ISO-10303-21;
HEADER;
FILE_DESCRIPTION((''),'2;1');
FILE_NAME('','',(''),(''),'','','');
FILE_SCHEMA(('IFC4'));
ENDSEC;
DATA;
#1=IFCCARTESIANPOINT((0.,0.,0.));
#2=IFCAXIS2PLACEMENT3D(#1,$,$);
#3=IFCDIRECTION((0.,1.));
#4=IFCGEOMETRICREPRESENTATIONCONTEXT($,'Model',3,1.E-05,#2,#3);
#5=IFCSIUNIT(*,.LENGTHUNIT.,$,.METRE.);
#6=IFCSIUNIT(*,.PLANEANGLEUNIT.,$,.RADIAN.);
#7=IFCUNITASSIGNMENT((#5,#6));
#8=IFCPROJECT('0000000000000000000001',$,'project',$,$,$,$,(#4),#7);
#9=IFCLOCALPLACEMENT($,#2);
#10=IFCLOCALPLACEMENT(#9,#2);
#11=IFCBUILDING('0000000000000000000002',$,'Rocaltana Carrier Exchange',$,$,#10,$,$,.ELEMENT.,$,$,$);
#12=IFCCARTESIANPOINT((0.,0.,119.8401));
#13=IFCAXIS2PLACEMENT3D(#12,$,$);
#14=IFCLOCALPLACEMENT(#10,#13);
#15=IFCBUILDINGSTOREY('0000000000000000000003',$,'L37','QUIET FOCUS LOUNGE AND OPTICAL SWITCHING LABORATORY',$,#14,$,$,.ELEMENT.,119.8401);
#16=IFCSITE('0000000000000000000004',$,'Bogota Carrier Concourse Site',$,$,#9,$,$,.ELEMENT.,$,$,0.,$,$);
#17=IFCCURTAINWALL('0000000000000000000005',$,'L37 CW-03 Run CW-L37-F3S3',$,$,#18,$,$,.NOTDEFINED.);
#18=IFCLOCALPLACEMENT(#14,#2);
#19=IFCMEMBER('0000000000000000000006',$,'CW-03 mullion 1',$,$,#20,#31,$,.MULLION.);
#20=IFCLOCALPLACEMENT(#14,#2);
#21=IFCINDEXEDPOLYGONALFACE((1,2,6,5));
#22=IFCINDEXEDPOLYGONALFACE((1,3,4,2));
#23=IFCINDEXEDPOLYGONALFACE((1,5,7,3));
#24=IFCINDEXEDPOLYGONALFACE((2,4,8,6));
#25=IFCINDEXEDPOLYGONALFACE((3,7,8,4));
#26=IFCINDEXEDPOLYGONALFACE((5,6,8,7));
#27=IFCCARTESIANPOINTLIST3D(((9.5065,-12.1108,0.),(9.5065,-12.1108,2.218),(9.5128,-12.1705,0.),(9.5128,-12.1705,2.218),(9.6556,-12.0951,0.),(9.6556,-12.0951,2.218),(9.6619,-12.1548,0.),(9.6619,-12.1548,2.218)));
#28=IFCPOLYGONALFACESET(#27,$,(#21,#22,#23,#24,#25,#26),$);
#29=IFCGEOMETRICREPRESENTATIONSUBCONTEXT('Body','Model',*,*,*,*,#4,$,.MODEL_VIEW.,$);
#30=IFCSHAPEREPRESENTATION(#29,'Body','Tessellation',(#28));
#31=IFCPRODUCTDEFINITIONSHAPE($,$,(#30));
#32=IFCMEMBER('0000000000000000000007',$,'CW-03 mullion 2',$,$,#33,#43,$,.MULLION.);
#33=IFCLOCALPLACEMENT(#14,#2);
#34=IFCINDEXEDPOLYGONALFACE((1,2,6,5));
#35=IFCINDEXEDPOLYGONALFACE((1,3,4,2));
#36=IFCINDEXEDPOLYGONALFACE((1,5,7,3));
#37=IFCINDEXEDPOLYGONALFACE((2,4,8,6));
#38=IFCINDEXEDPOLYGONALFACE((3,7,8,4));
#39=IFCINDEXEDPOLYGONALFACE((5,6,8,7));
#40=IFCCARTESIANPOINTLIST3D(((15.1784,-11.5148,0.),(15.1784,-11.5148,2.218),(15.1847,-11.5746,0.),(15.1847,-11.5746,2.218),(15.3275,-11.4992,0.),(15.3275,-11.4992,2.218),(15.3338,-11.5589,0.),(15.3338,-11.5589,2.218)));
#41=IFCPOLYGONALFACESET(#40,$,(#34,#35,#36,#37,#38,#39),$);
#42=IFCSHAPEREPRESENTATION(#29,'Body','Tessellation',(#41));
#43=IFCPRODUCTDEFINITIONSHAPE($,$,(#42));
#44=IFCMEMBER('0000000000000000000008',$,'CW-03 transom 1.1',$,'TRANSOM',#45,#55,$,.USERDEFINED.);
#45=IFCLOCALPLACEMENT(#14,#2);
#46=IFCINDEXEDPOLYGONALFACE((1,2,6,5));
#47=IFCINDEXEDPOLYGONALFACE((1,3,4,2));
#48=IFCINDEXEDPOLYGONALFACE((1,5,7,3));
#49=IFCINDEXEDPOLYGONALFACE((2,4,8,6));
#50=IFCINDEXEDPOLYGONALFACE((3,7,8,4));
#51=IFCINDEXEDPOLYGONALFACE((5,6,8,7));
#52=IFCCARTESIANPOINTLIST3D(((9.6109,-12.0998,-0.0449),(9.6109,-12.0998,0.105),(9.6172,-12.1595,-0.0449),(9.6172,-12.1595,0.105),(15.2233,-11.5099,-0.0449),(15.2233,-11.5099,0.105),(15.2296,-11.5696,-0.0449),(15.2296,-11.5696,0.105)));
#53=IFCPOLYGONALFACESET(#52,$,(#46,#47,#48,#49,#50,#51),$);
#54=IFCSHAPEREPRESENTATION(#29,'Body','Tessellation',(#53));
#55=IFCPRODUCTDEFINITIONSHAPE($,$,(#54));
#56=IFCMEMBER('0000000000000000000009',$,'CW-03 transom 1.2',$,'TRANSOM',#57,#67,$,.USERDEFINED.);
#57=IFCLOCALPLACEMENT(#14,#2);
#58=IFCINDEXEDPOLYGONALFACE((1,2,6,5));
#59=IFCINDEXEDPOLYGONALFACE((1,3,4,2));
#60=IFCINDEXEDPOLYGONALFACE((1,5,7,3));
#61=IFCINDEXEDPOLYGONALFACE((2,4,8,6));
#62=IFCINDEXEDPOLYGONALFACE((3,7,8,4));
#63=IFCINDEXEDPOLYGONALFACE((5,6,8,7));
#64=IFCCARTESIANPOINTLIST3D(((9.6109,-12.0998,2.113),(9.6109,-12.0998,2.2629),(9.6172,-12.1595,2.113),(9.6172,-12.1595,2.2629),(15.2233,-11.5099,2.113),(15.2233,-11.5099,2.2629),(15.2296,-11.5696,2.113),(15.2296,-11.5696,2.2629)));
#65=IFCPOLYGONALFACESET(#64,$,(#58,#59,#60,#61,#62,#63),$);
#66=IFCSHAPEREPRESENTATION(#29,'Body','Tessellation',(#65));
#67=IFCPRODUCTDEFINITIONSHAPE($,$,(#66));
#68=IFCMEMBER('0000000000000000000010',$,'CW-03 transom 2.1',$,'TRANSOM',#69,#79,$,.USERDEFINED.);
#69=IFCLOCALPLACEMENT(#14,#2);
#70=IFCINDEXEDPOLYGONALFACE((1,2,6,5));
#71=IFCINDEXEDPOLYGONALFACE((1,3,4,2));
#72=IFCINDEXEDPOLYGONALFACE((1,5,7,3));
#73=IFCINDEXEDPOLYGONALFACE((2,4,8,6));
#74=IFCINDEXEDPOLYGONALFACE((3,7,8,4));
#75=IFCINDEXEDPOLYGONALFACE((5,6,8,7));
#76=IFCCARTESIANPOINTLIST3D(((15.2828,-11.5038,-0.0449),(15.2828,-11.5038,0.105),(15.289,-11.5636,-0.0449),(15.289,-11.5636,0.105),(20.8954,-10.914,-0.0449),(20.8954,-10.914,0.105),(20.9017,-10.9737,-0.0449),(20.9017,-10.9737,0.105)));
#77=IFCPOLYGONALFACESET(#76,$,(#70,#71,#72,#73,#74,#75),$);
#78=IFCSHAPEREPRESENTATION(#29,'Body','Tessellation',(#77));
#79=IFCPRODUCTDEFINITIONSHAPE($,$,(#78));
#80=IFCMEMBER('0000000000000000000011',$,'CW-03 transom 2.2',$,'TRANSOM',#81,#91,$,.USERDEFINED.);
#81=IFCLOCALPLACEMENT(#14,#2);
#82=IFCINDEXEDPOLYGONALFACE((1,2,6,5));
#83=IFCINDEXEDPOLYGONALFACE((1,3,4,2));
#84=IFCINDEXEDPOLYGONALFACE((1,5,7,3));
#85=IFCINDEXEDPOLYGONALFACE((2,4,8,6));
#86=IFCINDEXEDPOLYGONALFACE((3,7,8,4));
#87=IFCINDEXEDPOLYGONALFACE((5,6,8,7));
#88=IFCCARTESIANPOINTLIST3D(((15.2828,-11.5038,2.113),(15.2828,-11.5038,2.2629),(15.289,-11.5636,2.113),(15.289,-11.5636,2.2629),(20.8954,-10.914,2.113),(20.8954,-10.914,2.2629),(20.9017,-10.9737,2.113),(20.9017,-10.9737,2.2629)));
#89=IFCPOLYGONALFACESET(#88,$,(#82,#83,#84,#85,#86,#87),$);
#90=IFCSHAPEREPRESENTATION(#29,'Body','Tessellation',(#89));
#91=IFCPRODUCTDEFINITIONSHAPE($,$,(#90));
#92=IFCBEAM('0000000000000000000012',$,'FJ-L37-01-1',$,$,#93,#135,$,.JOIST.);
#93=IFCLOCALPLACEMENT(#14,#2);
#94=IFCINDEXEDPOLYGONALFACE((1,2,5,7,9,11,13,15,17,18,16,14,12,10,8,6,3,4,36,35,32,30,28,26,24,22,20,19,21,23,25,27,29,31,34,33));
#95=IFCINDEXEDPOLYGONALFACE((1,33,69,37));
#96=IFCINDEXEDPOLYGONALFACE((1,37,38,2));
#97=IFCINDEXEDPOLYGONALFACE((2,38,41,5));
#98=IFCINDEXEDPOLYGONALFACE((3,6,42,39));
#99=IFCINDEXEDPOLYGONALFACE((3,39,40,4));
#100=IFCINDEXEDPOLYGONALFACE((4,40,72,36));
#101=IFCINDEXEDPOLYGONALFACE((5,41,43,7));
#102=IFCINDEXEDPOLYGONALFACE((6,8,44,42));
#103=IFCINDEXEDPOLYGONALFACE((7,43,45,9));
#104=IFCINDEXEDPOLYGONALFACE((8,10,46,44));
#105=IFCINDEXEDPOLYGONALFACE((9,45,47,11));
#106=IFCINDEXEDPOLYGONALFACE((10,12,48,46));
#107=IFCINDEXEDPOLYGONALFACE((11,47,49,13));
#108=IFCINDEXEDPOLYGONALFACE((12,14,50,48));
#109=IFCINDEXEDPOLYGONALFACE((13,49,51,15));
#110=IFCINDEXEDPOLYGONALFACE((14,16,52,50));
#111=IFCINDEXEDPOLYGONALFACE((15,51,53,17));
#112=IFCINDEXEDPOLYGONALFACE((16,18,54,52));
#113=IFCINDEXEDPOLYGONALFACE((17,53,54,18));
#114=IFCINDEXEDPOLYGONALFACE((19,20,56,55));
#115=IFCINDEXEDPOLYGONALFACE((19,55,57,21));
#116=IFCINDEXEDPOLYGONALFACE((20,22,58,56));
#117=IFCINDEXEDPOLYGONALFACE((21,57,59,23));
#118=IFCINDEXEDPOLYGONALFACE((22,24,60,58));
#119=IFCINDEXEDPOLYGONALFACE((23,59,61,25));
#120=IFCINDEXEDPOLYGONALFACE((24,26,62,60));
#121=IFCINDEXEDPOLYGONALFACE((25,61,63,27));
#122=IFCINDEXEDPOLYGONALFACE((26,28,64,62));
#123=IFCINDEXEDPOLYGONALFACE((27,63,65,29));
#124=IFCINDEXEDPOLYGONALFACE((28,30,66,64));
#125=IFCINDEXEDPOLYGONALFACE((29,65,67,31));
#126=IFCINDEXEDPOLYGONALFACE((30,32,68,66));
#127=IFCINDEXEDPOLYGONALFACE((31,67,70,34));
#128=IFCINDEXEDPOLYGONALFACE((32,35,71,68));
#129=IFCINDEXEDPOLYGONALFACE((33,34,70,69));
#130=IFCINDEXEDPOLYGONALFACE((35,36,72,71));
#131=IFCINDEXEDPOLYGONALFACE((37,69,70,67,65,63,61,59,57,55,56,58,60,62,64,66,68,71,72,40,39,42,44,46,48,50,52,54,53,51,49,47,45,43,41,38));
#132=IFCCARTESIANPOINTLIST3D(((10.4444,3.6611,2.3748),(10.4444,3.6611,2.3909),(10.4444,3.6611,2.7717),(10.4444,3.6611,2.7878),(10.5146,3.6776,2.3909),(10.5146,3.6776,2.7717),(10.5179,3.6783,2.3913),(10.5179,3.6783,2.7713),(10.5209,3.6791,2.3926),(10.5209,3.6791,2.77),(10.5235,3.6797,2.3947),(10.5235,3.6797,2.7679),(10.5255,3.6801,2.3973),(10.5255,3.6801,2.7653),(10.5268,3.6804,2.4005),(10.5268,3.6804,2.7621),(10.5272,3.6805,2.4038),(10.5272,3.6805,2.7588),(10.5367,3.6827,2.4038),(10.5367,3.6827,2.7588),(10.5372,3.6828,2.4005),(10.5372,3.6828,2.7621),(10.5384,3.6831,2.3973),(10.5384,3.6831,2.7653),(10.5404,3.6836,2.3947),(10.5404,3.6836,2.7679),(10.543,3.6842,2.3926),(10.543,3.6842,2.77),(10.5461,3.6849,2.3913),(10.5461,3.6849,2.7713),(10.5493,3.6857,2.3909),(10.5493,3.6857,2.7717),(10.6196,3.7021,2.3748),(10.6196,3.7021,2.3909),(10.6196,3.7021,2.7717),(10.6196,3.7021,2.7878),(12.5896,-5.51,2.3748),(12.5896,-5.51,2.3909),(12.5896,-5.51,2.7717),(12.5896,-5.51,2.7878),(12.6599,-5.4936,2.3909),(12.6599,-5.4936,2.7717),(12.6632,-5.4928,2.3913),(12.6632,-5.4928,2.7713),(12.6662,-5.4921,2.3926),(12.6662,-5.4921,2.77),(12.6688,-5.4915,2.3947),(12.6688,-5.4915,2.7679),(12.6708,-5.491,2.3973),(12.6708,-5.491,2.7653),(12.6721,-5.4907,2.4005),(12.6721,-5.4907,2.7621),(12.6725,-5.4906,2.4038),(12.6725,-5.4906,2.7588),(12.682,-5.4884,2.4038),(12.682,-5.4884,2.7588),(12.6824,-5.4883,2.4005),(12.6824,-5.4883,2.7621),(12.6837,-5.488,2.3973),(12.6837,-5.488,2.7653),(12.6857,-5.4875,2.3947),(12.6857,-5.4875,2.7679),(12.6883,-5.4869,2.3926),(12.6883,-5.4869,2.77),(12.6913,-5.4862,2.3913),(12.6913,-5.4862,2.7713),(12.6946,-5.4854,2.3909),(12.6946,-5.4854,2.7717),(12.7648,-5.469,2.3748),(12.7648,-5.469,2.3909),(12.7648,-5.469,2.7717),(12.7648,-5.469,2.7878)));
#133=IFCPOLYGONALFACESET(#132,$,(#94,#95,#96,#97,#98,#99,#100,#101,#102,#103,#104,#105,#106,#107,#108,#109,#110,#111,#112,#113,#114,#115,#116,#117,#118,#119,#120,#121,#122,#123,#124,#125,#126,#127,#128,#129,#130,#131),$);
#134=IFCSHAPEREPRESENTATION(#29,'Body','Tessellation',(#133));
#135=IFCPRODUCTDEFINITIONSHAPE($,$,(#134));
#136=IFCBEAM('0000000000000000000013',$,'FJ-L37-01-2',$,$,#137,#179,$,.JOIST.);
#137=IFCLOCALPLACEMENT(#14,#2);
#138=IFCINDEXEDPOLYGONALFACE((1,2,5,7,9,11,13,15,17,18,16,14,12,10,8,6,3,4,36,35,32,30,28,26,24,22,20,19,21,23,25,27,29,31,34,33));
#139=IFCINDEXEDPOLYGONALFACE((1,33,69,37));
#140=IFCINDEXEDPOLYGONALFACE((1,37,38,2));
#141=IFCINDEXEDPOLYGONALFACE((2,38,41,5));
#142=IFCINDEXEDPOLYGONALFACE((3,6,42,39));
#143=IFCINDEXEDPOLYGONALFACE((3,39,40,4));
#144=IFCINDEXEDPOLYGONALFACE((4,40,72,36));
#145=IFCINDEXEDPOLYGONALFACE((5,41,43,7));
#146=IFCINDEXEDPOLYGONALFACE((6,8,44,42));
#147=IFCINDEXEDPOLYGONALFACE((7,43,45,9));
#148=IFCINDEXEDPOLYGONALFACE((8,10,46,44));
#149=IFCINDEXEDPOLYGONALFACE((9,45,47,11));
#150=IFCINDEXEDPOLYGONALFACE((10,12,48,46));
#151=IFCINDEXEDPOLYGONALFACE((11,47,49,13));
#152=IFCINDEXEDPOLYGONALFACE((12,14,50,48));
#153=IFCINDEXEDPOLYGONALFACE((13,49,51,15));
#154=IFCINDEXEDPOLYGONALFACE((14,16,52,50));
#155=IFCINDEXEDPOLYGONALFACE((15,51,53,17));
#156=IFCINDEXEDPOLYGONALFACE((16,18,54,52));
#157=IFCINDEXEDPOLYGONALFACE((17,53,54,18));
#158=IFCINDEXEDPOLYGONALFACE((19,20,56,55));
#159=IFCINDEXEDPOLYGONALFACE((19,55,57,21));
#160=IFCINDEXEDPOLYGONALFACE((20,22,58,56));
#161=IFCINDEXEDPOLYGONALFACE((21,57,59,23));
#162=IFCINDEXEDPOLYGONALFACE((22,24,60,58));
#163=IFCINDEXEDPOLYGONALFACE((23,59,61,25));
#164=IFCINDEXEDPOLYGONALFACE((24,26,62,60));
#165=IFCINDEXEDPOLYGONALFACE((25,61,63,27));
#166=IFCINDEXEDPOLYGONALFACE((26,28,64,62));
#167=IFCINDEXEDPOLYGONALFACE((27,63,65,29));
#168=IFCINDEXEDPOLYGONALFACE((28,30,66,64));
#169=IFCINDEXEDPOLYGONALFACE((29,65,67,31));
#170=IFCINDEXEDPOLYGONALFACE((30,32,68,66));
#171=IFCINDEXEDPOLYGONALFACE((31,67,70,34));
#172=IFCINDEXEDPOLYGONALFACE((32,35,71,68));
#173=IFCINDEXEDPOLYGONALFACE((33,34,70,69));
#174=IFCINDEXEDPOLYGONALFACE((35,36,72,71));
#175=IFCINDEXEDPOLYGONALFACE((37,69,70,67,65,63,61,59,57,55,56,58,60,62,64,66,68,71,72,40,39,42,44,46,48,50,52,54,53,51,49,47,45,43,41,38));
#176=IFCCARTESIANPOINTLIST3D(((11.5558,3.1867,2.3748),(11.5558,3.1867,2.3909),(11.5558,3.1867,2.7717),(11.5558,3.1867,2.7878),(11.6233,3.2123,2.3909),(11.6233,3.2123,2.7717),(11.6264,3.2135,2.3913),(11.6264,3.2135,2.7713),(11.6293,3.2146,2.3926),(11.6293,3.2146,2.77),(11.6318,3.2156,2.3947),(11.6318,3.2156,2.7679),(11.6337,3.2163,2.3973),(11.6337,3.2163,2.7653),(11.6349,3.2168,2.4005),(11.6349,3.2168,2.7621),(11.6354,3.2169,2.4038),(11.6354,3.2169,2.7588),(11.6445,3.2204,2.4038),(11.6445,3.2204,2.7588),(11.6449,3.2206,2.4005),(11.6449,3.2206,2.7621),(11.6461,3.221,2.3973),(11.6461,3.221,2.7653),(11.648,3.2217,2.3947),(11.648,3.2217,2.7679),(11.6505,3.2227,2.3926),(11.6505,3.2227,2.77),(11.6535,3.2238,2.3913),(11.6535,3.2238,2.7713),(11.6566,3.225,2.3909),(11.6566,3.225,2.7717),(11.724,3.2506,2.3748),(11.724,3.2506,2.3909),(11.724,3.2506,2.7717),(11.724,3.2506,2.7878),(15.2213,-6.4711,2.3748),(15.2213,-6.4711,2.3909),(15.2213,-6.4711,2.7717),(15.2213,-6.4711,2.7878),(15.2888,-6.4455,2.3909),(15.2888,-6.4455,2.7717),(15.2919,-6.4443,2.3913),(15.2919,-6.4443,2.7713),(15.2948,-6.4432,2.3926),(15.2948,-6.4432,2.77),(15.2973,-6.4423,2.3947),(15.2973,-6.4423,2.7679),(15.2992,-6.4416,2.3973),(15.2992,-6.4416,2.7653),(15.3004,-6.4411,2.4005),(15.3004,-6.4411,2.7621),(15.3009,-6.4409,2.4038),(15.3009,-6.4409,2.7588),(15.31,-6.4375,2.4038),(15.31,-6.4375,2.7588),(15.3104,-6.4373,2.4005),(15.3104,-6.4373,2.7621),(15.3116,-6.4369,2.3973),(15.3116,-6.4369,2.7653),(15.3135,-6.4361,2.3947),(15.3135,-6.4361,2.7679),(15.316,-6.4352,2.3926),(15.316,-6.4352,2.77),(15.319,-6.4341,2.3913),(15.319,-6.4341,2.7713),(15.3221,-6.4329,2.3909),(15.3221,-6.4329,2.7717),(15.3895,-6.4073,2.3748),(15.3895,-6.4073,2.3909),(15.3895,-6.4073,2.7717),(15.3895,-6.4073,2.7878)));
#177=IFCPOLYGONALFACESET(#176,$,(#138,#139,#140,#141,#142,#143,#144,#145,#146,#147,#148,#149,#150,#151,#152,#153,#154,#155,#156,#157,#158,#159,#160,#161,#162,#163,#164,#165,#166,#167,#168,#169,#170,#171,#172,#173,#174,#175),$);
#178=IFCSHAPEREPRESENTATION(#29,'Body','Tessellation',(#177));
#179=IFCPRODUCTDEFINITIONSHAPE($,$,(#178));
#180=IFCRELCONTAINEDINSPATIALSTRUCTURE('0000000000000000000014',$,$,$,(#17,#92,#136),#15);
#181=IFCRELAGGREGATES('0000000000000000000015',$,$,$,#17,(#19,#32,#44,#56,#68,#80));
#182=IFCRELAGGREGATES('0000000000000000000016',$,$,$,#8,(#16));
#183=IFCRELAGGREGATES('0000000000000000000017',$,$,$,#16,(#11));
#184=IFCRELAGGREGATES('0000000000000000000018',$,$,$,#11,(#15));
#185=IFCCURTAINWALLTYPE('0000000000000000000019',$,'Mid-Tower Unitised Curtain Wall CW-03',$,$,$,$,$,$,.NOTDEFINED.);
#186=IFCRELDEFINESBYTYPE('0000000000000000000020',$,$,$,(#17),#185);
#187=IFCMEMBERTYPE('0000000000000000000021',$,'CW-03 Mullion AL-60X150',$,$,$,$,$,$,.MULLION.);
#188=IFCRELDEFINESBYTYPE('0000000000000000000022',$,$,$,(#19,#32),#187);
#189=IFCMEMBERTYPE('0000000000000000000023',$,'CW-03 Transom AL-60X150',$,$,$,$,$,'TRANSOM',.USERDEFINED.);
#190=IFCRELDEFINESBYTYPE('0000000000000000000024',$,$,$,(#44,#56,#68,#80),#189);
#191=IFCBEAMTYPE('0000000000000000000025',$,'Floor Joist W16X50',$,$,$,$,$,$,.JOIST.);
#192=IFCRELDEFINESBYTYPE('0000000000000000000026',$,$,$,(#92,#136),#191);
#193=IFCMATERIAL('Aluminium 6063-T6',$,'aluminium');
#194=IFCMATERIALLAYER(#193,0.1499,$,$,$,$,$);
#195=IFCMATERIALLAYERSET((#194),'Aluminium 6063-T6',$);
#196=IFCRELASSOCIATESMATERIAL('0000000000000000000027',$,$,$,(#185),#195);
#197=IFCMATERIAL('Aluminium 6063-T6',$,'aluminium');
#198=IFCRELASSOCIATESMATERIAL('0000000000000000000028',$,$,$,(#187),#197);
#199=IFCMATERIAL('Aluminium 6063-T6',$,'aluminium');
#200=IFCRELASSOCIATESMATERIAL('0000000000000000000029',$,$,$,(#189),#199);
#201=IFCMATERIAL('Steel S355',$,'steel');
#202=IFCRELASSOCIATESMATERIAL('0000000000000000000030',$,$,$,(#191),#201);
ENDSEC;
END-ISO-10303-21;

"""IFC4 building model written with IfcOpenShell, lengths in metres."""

from ifc_helpers import new_model, si_unit, direction, frame, origin, origin_2d, place, context, subcontext, project, spatial, rectangle, i_section, extrude, material, layer, layer_set, material_profile, profile_set, type_object, element, aggregate, save


model = new_model("IFC4")

# Units and contexts
model_context = context("Model", 3, precision=1e-05, world=origin(), true_north=direction((0.0, 1.0)))
body_context = subcontext(model_context, "Body", "Model", "MODEL_VIEW")
ifc_project = project(units=[si_unit("LENGTHUNIT", "METRE"), si_unit("PLANEANGLEUNIT", "RADIAN")], contexts=[model_context])

# Site, building, storey
site_placement = place(None, origin())
site = spatial("IfcSite", under=ifc_project, at=site_placement, Name="Bogota Carrier Concourse Site", CompositionType="ELEMENT", RefElevation=0.0)
building_placement = place(site_placement, origin())
building = spatial("IfcBuilding", under=site, at=building_placement, Name="Rocaltana Carrier Exchange", CompositionType="ELEMENT")
storey_placement = place(building_placement, frame((0.0, 0.0, 119.8401)))
storey = spatial("IfcBuildingStorey", under=building, at=storey_placement, Name="L37", Description="QUIET FOCUS LOUNGE AND OPTICAL SWITCHING LABORATORY", CompositionType="ELEMENT", Elevation=119.8401)

# Curtain wall, members
ifc_material_1 = material(Name="Aluminium 6063-T6", Category="aluminium")
ifc_layer_1 = layer(ifc_material_1, 0.1499)
ifc_layer_set_1 = layer_set([ifc_layer_1], Name="Aluminium 6063-T6")
curtain_wall_type = type_object("IfcCurtainWallType", Name="Mid-Tower Unitised Curtain Wall CW-03", PredefinedType="NOTDEFINED", material=ifc_layer_set_1)
curtain_wall_1_placement = place(storey_placement, origin())
curtain_wall_1 = element("IfcCurtainWall", 1, at=curtain_wall_1_placement, inside=storey, type_object=curtain_wall_type, Name="L37 CW-03 Run CW-L37-F3S3", PredefinedType="NOTDEFINED")
ifc_material_2 = material(Name="Aluminium 6063-T6", Category="aluminium")
ifc_material_profile_1 = material_profile(ifc_material_2, rectangle(XDim=0.0601, YDim=0.1499, at=origin_2d()), Name="AL-60X150")
ifc_profile_set_1 = profile_set([ifc_material_profile_1], Name="Aluminium 6063-T6")
member_type_1 = type_object("IfcMemberType", Name="CW-03 Mullion AL-60X150", PredefinedType="MULLION", material=ifc_profile_set_1)
member_1_placement = place(storey_placement, frame((9.5842, -12.1328, 0.0), z_axis=(0.0, 0.0, 1.0), x_axis=(-0.104522, 0.994523, 0.0)))
member_1 = element("IfcMember", 2, at=member_1_placement, type_object=member_type_1, Name="CW-03 mullion 1", PredefinedType="MULLION", context=body_context, shape_type="SweptSolid", body=[
    extrude(rectangle(XDim=0.0601, YDim=0.1499, at=origin_2d()), origin(), (0.0, 0.0, 1.0), 2.218),
])
member_2_placement = place(storey_placement, frame((15.2561, -11.5369, 0.0), z_axis=(0.0, 0.0, 1.0), x_axis=(-0.104522, 0.994523, 0.0)))
member_2 = element("IfcMember", 3, at=member_2_placement, type_object=member_type_1, Name="CW-03 mullion 2", PredefinedType="MULLION", context=body_context, shape_type="SweptSolid", body=[
    extrude(rectangle(XDim=0.0601, YDim=0.1499, at=origin_2d()), origin(), (0.0, 0.0, 1.0), 2.218),
])
ifc_material_3 = material(Name="Aluminium 6063-T6", Category="aluminium")
ifc_material_profile_2 = material_profile(ifc_material_3, rectangle(XDim=0.0601, YDim=0.1499, at=origin_2d()), Name="AL-60X150")
ifc_profile_set_2 = profile_set([ifc_material_profile_2], Name="Aluminium 6063-T6")
member_type_2 = type_object("IfcMemberType", Name="CW-03 Transom AL-60X150", ElementType="TRANSOM", PredefinedType="USERDEFINED", material=ifc_profile_set_2)
member_3_placement = place(storey_placement, frame((9.614, -12.1296, 0.03), z_axis=(0.994523, 0.104523, 0.0), x_axis=(-0.104523, 0.994523, 0.0)))
member_3 = element("IfcMember", 4, at=member_3_placement, type_object=member_type_2, Name="CW-03 transom 1.1", ObjectType="TRANSOM", PredefinedType="USERDEFINED", context=body_context, shape_type="SweptSolid", body=[
    extrude(rectangle(XDim=0.0601, YDim=0.1499, at=origin_2d()), origin(), (0.0, 0.0, 1.0), 5.6433),
])
member_4_placement = place(storey_placement, frame((9.614, -12.1296, 2.188), z_axis=(0.994523, 0.104523, 0.0), x_axis=(-0.104523, 0.994523, 0.0)))
member_4 = element("IfcMember", 5, at=member_4_placement, type_object=member_type_2, Name="CW-03 transom 1.2", ObjectType="TRANSOM", PredefinedType="USERDEFINED", context=body_context, shape_type="SweptSolid", body=[
    extrude(rectangle(XDim=0.0601, YDim=0.1499, at=origin_2d()), origin(), (0.0, 0.0, 1.0), 5.6433),
])
member_5_placement = place(storey_placement, frame((15.2859, -11.5337, 0.03), z_axis=(0.994523, 0.104518, 0.0), x_axis=(-0.104518, 0.994523, 0.0)))
member_5 = element("IfcMember", 6, at=member_5_placement, type_object=member_type_2, Name="CW-03 transom 2.1", ObjectType="TRANSOM", PredefinedType="USERDEFINED", context=body_context, shape_type="SweptSolid", body=[
    extrude(rectangle(XDim=0.0601, YDim=0.1499, at=origin_2d()), origin(), (0.0, 0.0, 1.0), 5.6436),
])
member_6_placement = place(storey_placement, frame((15.2859, -11.5337, 2.188), z_axis=(0.994523, 0.104518, 0.0), x_axis=(-0.104518, 0.994523, 0.0)))
member_6 = element("IfcMember", 7, at=member_6_placement, type_object=member_type_2, Name="CW-03 transom 2.2", ObjectType="TRANSOM", PredefinedType="USERDEFINED", context=body_context, shape_type="SweptSolid", body=[
    extrude(rectangle(XDim=0.0601, YDim=0.1499, at=origin_2d()), origin(), (0.0, 0.0, 1.0), 5.6436),
])

# Beams
ifc_material_4 = material(Name="Steel S355", Category="steel")
ifc_material_profile_3 = material_profile(ifc_material_4, i_section(OverallWidth=0.1799, OverallDepth=0.4131, WebThickness=0.0098, FlangeThickness=0.0161, FilletRadius=0.0129, at=origin_2d()), Name="W16X50")
ifc_profile_set_3 = profile_set([ifc_material_profile_3], Name="Steel S355")
beam_type_1 = type_object("IfcBeamType", Name="Floor Joist W16X50", PredefinedType="JOIST", material=ifc_profile_set_3)
beam_1_placement = place(storey_placement, frame((12.6772, -5.4895, 2.5813), z_axis=(-0.227766, 0.973716, 0.0), x_axis=(-0.973716, -0.227766, 0.0)))
element("IfcBeam", 8, at=beam_1_placement, inside=storey, type_object=beam_type_1, Name="FJ-L37-01-1", PredefinedType="JOIST", context=body_context, shape_type="SweptSolid", body=[
    extrude(i_section(OverallWidth=0.1799, OverallDepth=0.4131, WebThickness=0.0098, FlangeThickness=0.0161, FilletRadius=0.0129, at=origin_2d()), origin(), (0.0, 0.0, 1.0), 9.4187),
])
beam_2_placement = place(storey_placement, frame((15.3054, -6.4392, 2.5813), z_axis=(-0.354837, 0.934928, 0.0), x_axis=(-0.934928, -0.354837, 0.0)))
element("IfcBeam", 9, at=beam_2_placement, inside=storey, type_object=beam_type_1, Name="FJ-L37-01-2", PredefinedType="JOIST", context=body_context, shape_type="SweptSolid", body=[
    extrude(i_section(OverallWidth=0.1799, OverallDepth=0.4131, WebThickness=0.0098, FlangeThickness=0.0161, FilletRadius=0.0129, at=origin_2d()), origin(), (0.0, 0.0, 1.0), 10.3301),
])

aggregate(curtain_wall_1, [member_1, member_2, member_3, member_4, member_5, member_6])

save(model, "model.ifc")
